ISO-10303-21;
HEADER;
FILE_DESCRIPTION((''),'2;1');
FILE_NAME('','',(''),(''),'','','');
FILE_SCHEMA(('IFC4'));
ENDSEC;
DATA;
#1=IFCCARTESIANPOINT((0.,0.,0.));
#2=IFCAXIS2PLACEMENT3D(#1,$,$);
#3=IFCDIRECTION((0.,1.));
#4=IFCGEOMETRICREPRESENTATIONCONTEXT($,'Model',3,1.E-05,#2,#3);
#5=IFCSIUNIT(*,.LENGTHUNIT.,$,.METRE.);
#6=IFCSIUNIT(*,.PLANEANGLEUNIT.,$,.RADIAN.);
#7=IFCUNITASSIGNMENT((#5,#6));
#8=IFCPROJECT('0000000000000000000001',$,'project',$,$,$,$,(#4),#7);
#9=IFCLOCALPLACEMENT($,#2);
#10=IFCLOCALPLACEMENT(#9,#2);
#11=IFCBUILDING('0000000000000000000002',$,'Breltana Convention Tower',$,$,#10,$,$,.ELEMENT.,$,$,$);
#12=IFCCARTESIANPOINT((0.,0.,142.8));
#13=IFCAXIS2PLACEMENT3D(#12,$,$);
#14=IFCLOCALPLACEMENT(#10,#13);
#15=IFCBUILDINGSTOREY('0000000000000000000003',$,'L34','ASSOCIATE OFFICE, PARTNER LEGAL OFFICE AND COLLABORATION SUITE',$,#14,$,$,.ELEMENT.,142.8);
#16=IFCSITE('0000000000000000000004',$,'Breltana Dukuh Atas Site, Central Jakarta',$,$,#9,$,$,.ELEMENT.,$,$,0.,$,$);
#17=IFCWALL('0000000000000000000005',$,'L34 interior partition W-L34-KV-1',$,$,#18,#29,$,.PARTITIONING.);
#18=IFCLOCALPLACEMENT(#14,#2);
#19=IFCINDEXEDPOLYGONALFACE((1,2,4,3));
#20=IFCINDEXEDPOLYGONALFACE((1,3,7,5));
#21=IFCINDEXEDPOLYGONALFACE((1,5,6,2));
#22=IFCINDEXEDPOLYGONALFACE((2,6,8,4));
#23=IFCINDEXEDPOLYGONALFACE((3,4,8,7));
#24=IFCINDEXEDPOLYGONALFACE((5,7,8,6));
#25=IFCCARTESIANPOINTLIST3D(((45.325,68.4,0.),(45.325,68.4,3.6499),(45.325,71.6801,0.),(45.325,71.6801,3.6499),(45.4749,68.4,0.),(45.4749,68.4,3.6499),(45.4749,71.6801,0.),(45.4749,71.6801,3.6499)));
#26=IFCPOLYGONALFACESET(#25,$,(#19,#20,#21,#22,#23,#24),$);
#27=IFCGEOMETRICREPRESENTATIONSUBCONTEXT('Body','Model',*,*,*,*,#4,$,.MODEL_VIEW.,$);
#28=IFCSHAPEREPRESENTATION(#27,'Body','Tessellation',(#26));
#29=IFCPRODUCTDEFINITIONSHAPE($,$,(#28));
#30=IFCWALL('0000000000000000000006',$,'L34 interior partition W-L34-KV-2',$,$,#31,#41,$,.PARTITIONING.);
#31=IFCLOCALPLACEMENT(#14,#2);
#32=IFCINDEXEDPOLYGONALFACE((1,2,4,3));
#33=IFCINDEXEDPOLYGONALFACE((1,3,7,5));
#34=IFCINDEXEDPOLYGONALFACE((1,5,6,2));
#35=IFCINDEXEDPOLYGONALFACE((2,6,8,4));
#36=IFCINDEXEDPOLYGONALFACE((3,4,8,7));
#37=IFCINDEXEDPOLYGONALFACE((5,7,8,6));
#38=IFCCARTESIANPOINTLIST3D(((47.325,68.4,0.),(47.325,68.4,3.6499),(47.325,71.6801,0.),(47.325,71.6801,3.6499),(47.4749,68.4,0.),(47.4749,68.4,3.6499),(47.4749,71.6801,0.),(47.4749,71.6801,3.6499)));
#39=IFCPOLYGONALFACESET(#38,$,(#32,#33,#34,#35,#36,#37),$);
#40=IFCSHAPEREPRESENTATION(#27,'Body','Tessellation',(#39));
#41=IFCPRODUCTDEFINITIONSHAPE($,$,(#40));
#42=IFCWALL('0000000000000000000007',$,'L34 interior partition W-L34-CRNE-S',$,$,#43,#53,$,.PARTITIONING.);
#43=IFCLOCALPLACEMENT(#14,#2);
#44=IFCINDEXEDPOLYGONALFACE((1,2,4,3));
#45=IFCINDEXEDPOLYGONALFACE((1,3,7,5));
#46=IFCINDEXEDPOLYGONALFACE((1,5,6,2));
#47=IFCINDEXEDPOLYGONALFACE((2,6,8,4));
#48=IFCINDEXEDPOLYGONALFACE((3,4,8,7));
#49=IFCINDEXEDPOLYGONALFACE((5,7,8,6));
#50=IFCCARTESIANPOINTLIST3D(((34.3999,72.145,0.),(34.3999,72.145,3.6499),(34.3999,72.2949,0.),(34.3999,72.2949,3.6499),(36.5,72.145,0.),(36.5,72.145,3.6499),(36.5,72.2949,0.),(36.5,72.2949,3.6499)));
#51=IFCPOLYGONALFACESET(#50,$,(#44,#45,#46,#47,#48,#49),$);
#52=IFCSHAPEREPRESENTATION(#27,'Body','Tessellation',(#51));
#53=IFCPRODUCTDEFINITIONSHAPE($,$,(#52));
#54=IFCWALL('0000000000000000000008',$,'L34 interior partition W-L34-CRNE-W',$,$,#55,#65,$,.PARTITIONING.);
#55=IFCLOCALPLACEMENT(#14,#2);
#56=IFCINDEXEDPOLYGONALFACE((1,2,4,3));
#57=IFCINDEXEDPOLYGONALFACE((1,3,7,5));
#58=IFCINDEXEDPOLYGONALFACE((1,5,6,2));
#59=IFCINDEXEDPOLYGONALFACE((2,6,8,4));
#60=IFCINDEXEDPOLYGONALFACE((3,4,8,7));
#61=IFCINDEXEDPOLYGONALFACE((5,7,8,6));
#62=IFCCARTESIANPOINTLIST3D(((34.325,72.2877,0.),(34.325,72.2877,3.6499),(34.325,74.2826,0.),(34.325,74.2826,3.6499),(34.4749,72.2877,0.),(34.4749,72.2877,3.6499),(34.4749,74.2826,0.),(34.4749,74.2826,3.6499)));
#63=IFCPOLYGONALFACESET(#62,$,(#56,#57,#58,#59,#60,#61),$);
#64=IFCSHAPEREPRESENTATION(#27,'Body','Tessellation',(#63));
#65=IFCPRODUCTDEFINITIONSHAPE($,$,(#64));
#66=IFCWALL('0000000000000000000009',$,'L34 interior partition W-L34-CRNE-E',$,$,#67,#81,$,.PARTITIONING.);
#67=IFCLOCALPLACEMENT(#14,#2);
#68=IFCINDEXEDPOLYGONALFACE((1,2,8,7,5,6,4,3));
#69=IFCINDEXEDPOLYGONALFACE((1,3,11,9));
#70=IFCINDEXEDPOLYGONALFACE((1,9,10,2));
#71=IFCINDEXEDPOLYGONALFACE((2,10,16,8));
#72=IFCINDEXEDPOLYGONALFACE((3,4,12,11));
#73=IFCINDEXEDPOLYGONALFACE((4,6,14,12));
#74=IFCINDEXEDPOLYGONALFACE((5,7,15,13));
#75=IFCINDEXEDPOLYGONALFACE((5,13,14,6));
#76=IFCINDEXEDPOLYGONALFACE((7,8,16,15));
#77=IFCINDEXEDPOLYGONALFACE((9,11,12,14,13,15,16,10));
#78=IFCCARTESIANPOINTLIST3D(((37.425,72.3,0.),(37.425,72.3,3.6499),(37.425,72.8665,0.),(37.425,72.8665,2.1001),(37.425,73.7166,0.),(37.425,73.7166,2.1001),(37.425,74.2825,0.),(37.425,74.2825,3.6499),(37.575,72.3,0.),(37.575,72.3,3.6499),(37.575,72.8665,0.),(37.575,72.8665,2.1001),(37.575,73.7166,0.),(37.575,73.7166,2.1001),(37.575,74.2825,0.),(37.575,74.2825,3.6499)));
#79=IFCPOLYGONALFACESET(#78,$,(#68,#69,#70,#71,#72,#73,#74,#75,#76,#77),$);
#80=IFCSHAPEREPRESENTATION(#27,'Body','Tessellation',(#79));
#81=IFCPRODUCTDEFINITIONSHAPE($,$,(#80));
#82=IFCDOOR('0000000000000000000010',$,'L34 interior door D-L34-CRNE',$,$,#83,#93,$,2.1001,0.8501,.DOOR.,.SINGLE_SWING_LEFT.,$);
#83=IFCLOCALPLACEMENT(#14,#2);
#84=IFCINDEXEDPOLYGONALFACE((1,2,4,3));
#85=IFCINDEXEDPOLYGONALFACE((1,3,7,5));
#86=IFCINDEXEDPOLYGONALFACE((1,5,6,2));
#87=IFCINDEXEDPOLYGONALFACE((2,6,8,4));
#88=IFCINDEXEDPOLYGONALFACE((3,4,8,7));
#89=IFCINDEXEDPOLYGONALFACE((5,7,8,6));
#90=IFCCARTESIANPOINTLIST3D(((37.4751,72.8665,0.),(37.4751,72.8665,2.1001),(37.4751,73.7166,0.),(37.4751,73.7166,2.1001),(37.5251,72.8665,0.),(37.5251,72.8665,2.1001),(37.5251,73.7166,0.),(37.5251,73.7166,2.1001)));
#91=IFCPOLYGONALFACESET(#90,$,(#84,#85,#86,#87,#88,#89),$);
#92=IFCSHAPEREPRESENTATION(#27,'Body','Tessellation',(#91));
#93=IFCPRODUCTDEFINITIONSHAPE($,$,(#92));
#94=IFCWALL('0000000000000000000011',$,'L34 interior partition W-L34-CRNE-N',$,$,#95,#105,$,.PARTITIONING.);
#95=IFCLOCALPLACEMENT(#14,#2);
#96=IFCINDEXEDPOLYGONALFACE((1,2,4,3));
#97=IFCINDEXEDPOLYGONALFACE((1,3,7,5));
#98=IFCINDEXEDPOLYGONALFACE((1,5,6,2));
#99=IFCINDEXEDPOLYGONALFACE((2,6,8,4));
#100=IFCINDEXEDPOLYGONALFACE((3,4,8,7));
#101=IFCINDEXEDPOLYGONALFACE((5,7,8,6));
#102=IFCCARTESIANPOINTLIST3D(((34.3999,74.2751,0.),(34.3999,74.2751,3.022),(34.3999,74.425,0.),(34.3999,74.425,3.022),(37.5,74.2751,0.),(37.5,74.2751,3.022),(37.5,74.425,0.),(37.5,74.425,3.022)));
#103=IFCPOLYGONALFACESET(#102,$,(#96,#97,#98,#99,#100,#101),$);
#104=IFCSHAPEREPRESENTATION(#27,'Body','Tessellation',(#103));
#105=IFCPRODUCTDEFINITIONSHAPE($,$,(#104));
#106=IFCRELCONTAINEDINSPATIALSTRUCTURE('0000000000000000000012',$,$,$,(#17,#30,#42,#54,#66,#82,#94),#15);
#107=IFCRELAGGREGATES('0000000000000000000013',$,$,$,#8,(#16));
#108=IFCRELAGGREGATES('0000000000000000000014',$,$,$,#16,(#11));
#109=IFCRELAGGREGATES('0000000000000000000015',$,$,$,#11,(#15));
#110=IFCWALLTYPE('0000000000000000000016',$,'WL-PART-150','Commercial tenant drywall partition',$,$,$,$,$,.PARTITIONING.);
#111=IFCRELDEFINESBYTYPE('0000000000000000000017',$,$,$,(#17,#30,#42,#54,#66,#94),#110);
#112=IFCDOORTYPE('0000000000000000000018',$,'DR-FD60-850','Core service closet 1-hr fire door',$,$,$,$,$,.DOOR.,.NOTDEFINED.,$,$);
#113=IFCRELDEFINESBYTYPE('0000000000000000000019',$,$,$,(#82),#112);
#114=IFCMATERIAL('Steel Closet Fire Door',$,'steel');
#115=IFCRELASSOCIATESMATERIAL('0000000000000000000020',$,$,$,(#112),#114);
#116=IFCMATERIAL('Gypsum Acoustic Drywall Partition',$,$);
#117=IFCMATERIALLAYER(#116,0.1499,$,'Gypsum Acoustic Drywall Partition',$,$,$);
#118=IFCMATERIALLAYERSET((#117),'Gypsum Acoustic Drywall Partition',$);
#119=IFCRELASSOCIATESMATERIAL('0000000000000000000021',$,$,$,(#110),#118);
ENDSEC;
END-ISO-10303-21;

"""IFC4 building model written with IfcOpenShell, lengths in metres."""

from ifc_helpers import new_model, si_unit, direction, frame, frame_2d, origin, place, context, subcontext, project, spatial, rectangle, extrude, source, transform, mapped, material, layer, layer_set, type_object, type_shapes, element, fill, save


model = new_model("IFC4")

# Units and contexts
model_context = context("Model", 3, precision=1e-05, world=origin(), true_north=direction((0.0, 1.0)))
body_context = subcontext(model_context, "Body", "Model", "MODEL_VIEW")
ifc_project = project(units=[si_unit("LENGTHUNIT", "METRE"), si_unit("PLANEANGLEUNIT", "RADIAN")], contexts=[model_context])

# Site, building, storey
site_placement = place(None, origin())
site = spatial("IfcSite", under=ifc_project, at=site_placement, Name="Breltana Dukuh Atas Site, Central Jakarta", CompositionType="ELEMENT", RefElevation=0.0)
building_placement = place(site_placement, origin())
building = spatial("IfcBuilding", under=site, at=building_placement, Name="Breltana Convention Tower", CompositionType="ELEMENT")
storey_placement = place(building_placement, frame((0.0, 0.0, 142.8)))
storey = spatial("IfcBuildingStorey", under=building, at=storey_placement, Name="L34", Description="ASSOCIATE OFFICE, PARTNER LEGAL OFFICE AND COLLABORATION SUITE", CompositionType="ELEMENT", Elevation=142.8)

# Shared definitions
ifc_material_1 = material(Name="Steel Closet Fire Door", Category="steel")
door_type_1 = type_object("IfcDoorType", Name="DR-FD60-850", Description="Core service closet 1-hr fire door", OperationType="NOTDEFINED", PredefinedType="DOOR", material=ifc_material_1)
shared_shape_1 = source(origin(), body_context, "Body", "SweptSolid", [
    extrude(rectangle(XDim=0.8501, YDim=2.1001, at=frame_2d((0.425, 1.05))), frame((0.0, 0.0249, 0.0), z_axis=(0.0, -1.0, 0.0), x_axis=(1.0, 0.0, 0.0)), (0.0, 0.0, 1.0), 0.05),
])
type_shapes(door_type_1, [shared_shape_1])

# Walls
ifc_material_2 = material(Name="Gypsum Acoustic Drywall Partition")
ifc_layer_1 = layer(ifc_material_2, 0.1499, Name="Gypsum Acoustic Drywall Partition")
ifc_layer_set_1 = layer_set([ifc_layer_1], Name="Gypsum Acoustic Drywall Partition")
wall_type_1 = type_object("IfcWallType", Name="WL-PART-150", Description="Commercial tenant drywall partition", PredefinedType="PARTITIONING", material=ifc_layer_set_1)
shared_shape_2 = source(origin(), body_context, "Body", "SweptSolid", [
    extrude(rectangle(XDim=3.28, YDim=0.1499, at=frame_2d((1.6401, 0.0))), origin(), (0.0, 0.0, 1.0), 3.6499),
])
for number, where, z_axis, x_axis, name in (
    (1, (45.3999, 68.3999, 0.0), (0.0, 0.0, 1.0), (0.0, 1.0, 0.0), "L34 interior partition W-L34-KV-1"),
    (2, (47.3999, 68.3999, 0.0), (0.0, 0.0, 1.0), (0.0, 1.0, 0.0), "L34 interior partition W-L34-KV-2"),
):
    element("IfcWall", number, at=place(storey_placement, frame(where, z_axis=z_axis, x_axis=x_axis)), inside=storey, type_object=wall_type_1, Name=name, PredefinedType="PARTITIONING", context=body_context, shape_type="MappedRepresentation", body=[
        mapped(shared_shape_2, transform((0.0, 0.0, 0.0), scale=1.0)),
    ])
shared_shape_3 = source(origin(), body_context, "Body", "SweptSolid", [
    extrude(rectangle(XDim=2.1001, YDim=0.1499, at=frame_2d((1.05, 0.0))), origin(), (0.0, 0.0, 1.0), 3.6499),
])
wall_1_placement = place(storey_placement, frame((34.3999, 72.22, 0.0), z_axis=(0.0, 0.0, 1.0), x_axis=(1.0, 0.0, 0.0)))
element("IfcWall", 3, at=wall_1_placement, inside=storey, type_object=wall_type_1, Name="L34 interior partition W-L34-CRNE-S", PredefinedType="PARTITIONING", context=body_context, shape_type="MappedRepresentation", body=[
    mapped(shared_shape_3, transform((0.0, 0.0, 0.0), scale=1.0)),
])
shared_shape_4 = source(origin(), body_context, "Body", "SweptSolid", [
    extrude(rectangle(XDim=1.9949, YDim=0.1499, at=frame_2d((0.9976, 0.0))), origin(), (0.0, 0.0, 1.0), 3.6499),
])
wall_2_placement = place(storey_placement, frame((34.3999, 72.2876, 0.0), z_axis=(0.0, 0.0, 1.0), x_axis=(0.0, 1.0, 0.0)))
element("IfcWall", 4, at=wall_2_placement, inside=storey, type_object=wall_type_1, Name="L34 interior partition W-L34-CRNE-W", PredefinedType="PARTITIONING", context=body_context, shape_type="MappedRepresentation", body=[
    mapped(shared_shape_4, transform((0.0, 0.0, 0.0), scale=1.0)),
])

# Wall, opening, door
shared_shape_5 = source(origin(), body_context, "Body", "SweptSolid", [
    extrude(rectangle(XDim=1.9824, YDim=0.1499, at=frame_2d((0.9912, 0.0))), origin(), (0.0, 0.0, 1.0), 3.6499),
])
wall_3_placement = place(storey_placement, frame((37.5, 72.3, 0.0), z_axis=(0.0, 0.0, 1.0), x_axis=(0.0, 1.0, 0.0)))
wall_3 = element("IfcWall", 5, at=wall_3_placement, inside=storey, type_object=wall_type_1, Name="L34 interior partition W-L34-CRNE-E", PredefinedType="PARTITIONING", context=body_context, shape_type="MappedRepresentation", body=[
    mapped(shared_shape_5, transform((0.0, 0.0, 0.0), scale=1.0)),
])
opening_1_placement = place(wall_3_placement, frame((0.5664, 0.0, 0.0)))
opening_1 = element("IfcOpeningElement", 6, at=opening_1_placement, cuts=wall_3, PredefinedType="OPENING", context=body_context, shape_type="SweptSolid", body=[
    extrude(rectangle(XDim=0.8501, YDim=2.1001, at=frame_2d((0.425, 1.05))), frame((0.0, 0.085, 0.0), z_axis=(0.0, -1.0, 0.0), x_axis=(1.0, 0.0, 0.0)), (0.0, 0.0, 1.0), 0.1699),
])
door_1_placement = place(opening_1_placement, origin())
door_1 = element("IfcDoor", 7, at=door_1_placement, inside=storey, type_object=door_type_1, Name="L34 interior door D-L34-CRNE", OperationType="SINGLE_SWING_LEFT", OverallHeight=2.1001, OverallWidth=0.8501, PredefinedType="DOOR", context=body_context, shape_type="MappedRepresentation", body=[
    mapped(shared_shape_1, transform((0.0, 0.0, 0.0), scale=1.0)),
])
fill(opening_1, door_1)

# Wall
shared_shape_6 = source(origin(), body_context, "Body", "SweptSolid", [
    extrude(rectangle(XDim=3.1001, YDim=0.1499, at=frame_2d((1.55, 0.0))), origin(), (0.0, 0.0, 1.0), 3.022),
])
wall_4_placement = place(storey_placement, frame((34.3999, 74.3501, 0.0), z_axis=(0.0, 0.0, 1.0), x_axis=(1.0, 0.0, 0.0)))
element("IfcWall", 8, at=wall_4_placement, inside=storey, type_object=wall_type_1, Name="L34 interior partition W-L34-CRNE-N", PredefinedType="PARTITIONING", context=body_context, shape_type="MappedRepresentation", body=[
    mapped(shared_shape_6, transform((0.0, 0.0, 0.0), scale=1.0)),
])

save(model, "model.ifc")
